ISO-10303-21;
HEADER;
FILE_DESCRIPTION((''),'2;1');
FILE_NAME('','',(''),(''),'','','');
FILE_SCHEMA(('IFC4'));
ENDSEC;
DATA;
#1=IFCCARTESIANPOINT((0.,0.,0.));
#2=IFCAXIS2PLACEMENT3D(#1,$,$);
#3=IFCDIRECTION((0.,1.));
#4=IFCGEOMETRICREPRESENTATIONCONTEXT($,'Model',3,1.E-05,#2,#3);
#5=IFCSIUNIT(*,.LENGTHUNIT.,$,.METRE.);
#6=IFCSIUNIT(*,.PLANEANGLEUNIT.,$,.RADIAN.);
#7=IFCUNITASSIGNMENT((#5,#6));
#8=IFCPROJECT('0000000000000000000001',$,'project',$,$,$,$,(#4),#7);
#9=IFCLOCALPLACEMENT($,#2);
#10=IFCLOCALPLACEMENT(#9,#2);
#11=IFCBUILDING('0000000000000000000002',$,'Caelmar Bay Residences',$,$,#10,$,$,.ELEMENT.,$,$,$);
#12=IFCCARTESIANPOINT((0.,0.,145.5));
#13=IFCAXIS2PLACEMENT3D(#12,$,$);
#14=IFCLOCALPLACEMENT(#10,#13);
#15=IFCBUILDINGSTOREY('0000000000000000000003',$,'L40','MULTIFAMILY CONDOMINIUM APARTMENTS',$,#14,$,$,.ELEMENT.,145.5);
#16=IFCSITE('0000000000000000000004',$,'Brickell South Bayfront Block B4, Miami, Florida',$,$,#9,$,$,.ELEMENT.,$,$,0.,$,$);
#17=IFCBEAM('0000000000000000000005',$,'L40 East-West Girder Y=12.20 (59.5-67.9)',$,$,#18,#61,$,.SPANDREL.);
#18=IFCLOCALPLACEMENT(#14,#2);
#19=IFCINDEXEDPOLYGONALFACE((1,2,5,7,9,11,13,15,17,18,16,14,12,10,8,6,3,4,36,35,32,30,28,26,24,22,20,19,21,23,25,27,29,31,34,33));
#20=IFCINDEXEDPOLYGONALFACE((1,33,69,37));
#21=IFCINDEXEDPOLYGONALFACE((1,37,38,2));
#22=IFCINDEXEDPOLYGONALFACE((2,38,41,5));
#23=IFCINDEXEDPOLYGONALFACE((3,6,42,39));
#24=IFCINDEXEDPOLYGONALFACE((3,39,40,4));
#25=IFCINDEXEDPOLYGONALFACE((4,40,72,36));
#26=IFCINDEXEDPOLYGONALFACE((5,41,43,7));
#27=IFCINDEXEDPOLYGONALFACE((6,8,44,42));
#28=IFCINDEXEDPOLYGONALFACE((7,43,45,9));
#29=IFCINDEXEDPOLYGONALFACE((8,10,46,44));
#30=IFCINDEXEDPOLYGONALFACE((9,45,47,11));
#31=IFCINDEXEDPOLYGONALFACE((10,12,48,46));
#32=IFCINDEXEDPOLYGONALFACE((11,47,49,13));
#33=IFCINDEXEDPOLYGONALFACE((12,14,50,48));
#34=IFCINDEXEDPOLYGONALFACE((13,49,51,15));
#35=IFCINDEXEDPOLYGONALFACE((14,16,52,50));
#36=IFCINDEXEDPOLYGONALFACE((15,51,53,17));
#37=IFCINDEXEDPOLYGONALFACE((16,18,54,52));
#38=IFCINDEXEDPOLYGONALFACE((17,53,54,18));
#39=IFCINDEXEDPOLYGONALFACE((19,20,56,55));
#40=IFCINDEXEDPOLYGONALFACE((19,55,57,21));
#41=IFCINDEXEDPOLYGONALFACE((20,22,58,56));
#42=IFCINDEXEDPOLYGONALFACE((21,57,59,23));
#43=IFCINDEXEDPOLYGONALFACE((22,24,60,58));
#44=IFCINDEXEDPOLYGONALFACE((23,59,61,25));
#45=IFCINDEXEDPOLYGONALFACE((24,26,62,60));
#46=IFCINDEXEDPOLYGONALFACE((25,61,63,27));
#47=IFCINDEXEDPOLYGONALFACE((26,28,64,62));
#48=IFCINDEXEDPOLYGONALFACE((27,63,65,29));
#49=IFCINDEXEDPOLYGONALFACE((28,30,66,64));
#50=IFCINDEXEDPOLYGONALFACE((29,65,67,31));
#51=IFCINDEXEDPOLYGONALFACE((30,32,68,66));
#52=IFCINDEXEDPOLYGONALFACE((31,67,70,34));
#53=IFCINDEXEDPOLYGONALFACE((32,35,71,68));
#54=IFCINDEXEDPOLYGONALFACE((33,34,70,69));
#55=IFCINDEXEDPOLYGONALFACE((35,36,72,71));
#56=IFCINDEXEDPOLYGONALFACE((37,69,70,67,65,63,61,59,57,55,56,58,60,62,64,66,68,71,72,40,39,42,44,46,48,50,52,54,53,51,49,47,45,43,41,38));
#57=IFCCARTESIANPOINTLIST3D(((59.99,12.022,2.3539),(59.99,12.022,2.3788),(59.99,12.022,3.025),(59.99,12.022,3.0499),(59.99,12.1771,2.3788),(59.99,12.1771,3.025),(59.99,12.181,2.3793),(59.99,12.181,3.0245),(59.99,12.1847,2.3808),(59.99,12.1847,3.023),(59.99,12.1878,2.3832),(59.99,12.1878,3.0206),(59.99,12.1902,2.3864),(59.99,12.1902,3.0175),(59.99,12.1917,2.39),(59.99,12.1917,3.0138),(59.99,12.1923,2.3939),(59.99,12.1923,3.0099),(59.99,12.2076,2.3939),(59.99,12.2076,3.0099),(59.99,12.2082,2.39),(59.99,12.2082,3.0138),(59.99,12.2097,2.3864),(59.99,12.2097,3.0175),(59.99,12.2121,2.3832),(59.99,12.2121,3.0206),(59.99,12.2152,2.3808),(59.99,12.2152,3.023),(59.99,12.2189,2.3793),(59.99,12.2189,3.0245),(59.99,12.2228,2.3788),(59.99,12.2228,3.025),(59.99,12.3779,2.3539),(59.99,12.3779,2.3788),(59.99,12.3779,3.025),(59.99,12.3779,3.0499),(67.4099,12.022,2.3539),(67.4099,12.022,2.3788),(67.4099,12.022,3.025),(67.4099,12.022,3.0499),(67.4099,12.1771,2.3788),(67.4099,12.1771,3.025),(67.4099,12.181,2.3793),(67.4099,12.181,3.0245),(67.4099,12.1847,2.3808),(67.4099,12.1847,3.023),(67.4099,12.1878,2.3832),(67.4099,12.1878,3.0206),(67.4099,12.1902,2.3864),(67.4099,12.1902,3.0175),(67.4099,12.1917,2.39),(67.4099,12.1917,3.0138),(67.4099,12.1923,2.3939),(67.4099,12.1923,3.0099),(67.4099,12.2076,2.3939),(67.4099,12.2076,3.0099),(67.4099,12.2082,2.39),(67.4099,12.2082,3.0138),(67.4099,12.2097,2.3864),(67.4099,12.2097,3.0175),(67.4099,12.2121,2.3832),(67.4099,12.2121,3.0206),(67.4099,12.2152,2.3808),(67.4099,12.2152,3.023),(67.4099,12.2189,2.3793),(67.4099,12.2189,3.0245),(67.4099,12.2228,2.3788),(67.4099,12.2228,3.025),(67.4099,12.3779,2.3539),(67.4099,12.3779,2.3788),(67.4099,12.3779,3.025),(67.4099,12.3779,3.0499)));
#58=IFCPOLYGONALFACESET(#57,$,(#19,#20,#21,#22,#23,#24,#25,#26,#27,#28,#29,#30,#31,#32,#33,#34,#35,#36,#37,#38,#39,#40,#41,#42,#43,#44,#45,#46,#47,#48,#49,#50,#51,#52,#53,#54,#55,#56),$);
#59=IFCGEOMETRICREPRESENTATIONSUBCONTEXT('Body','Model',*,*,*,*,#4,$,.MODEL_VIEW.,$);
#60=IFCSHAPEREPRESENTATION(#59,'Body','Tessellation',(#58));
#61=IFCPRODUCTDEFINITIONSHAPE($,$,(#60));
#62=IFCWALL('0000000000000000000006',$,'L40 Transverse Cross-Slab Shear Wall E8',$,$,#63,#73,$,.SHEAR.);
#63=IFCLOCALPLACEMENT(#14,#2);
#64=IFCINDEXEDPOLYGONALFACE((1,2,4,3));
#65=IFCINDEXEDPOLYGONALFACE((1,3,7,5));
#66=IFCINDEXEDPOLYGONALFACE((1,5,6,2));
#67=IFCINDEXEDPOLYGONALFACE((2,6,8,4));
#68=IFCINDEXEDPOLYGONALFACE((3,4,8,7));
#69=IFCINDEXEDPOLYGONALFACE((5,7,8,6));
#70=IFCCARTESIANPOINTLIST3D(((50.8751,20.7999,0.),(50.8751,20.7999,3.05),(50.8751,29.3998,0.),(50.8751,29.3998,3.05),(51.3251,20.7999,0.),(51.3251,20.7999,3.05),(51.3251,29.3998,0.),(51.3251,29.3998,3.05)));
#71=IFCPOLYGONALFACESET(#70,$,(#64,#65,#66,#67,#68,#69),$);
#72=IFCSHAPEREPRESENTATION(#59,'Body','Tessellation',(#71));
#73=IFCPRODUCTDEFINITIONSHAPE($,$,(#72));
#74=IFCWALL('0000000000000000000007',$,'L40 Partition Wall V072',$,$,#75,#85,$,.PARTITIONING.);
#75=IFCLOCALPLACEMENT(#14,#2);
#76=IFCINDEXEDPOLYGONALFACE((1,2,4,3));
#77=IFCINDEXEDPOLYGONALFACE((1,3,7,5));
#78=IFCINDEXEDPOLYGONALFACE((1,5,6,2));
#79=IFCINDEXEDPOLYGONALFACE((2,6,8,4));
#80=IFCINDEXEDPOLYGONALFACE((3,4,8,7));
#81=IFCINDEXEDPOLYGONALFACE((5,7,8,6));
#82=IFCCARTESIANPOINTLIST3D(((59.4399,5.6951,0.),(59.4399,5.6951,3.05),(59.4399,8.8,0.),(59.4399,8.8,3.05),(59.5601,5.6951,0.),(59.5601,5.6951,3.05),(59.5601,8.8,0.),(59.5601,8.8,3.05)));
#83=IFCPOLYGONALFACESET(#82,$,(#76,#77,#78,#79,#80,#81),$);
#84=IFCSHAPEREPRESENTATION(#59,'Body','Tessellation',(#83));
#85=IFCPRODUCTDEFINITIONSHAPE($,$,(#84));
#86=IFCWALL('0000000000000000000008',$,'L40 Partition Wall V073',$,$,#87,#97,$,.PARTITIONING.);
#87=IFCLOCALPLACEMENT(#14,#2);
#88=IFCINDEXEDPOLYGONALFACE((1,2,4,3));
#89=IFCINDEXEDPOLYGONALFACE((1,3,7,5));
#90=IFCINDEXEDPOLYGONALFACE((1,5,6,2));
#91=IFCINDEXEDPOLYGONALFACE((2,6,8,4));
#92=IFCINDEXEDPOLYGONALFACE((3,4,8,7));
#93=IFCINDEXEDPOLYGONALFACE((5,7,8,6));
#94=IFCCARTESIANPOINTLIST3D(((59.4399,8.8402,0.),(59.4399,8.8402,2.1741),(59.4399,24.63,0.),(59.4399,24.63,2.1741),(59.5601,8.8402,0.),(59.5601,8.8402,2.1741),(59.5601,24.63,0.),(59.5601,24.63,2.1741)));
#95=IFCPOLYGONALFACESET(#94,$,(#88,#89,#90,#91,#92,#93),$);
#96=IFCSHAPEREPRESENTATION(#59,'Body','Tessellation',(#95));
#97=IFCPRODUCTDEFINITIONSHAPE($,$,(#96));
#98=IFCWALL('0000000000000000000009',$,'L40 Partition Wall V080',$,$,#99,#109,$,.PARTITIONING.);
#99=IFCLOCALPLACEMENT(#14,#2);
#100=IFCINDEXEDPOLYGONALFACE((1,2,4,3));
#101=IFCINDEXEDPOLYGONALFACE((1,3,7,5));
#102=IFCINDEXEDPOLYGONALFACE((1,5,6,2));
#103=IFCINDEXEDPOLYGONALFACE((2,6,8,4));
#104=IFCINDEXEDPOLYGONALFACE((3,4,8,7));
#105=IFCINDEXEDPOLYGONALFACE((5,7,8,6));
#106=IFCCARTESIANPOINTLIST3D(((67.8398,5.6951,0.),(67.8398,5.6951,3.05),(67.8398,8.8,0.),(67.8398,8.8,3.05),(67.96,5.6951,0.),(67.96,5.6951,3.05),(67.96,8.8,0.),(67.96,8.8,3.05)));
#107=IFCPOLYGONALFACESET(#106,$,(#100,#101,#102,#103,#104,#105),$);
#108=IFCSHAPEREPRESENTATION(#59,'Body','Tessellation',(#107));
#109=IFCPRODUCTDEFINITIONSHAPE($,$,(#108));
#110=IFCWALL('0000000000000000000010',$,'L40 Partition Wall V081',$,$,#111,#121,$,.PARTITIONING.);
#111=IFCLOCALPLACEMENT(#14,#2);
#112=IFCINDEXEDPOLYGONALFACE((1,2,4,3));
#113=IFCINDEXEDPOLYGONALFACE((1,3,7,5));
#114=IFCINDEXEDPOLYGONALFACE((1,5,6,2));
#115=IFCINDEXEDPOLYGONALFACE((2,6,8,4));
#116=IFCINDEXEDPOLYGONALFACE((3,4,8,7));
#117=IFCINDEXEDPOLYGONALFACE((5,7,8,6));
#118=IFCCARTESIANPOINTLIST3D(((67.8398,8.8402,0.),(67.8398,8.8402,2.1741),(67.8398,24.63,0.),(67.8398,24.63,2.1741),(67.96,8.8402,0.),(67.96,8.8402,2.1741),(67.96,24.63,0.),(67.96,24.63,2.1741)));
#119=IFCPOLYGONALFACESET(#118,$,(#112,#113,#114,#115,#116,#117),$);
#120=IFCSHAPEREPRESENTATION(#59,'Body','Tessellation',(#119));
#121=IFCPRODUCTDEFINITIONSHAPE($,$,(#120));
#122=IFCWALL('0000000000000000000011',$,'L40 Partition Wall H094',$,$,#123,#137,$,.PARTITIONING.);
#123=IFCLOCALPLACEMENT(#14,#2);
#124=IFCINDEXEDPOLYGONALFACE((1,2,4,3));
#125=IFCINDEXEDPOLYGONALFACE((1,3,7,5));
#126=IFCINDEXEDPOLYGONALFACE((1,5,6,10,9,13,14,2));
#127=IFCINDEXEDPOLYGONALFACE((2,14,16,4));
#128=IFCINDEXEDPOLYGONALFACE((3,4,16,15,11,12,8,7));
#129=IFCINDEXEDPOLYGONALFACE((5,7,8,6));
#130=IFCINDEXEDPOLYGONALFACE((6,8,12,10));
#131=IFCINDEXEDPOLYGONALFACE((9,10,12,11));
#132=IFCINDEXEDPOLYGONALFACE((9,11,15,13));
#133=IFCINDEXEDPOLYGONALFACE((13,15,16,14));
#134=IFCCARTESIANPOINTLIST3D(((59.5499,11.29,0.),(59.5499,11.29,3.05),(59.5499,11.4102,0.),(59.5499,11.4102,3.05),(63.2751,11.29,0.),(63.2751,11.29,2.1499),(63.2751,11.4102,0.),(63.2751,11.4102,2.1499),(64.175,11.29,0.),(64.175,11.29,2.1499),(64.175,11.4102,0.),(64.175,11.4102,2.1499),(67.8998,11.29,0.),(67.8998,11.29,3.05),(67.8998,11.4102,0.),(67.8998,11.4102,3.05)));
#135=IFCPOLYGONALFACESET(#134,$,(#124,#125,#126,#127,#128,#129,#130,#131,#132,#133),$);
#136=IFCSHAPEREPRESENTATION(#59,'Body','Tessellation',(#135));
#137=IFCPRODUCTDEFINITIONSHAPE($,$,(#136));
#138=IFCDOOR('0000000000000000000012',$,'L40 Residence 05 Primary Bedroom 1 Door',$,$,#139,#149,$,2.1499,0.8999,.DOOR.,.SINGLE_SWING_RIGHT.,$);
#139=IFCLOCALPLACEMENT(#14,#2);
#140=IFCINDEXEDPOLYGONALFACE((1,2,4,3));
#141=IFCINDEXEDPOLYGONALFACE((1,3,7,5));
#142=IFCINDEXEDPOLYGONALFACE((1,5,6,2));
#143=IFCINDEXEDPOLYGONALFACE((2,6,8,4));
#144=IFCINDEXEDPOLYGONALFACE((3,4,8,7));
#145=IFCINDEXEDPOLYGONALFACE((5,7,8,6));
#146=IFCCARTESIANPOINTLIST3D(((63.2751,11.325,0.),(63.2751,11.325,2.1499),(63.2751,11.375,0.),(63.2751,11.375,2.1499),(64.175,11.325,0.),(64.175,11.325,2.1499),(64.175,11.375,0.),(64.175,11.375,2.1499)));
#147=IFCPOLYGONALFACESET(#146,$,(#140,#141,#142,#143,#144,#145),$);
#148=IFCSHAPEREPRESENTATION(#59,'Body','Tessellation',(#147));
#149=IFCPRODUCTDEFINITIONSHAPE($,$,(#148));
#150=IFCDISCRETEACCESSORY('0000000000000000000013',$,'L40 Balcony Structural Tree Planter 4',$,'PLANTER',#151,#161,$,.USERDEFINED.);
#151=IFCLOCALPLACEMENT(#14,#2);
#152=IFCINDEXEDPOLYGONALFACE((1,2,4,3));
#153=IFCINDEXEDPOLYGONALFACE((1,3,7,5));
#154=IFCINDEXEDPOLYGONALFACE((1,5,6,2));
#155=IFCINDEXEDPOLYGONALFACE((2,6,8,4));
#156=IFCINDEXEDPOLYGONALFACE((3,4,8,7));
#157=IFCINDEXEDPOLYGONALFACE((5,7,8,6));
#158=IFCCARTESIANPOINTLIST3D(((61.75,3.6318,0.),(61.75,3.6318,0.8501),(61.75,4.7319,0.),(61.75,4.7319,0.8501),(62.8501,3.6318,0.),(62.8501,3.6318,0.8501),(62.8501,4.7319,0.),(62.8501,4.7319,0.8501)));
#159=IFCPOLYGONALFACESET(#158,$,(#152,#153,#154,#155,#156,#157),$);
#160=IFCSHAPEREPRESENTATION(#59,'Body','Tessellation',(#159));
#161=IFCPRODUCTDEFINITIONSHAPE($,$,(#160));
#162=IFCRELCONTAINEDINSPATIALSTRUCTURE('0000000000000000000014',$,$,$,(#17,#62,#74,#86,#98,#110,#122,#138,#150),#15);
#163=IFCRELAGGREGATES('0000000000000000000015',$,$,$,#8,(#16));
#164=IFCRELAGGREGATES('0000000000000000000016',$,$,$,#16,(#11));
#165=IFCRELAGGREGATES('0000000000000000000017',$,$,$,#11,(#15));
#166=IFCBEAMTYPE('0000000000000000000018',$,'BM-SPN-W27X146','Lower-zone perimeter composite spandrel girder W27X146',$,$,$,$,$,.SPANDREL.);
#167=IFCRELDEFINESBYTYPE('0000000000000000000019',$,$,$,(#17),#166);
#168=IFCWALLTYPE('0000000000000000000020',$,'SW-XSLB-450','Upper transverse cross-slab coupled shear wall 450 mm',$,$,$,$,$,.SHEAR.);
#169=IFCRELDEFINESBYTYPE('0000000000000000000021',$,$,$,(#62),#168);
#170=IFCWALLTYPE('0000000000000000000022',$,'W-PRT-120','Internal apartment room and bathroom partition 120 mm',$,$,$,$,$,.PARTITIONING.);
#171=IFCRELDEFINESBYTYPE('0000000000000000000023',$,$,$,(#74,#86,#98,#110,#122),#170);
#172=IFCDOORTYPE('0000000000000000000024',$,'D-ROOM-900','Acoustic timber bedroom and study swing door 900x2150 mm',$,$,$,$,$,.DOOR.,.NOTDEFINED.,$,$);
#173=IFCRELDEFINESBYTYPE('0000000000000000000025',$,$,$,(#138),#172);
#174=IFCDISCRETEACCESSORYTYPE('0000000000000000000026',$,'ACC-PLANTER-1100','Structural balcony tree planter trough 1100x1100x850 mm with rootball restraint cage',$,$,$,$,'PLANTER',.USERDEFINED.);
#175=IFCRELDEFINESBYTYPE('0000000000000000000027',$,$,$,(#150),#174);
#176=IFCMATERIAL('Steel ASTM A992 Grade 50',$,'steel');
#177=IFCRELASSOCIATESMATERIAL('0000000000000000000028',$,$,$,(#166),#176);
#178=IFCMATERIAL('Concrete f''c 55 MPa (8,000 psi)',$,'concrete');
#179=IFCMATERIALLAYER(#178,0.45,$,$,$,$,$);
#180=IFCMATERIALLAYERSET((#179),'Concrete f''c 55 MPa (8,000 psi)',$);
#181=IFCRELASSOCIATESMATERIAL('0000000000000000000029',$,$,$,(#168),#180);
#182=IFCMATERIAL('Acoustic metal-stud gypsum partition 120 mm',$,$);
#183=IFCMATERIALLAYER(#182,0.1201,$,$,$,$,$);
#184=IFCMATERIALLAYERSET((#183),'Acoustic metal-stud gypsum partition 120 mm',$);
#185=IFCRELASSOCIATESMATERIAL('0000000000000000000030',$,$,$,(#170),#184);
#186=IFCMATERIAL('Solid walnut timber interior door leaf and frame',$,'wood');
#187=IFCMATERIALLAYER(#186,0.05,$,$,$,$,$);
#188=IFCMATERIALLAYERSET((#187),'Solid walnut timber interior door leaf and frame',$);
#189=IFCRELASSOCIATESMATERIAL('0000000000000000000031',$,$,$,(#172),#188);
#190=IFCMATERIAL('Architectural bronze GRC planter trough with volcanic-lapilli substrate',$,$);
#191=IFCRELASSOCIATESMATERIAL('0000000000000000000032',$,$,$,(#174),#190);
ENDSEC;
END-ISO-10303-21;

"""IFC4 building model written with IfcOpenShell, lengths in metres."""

from ifc_helpers import new_model, si_unit, direction, frame, frame_2d, origin, origin_2d, place, context, subcontext, project, spatial, rectangle, i_section, extrude, material, layer, layer_set, material_profile, profile_set, type_object, element, fill, save


model = new_model("IFC4")

# Units and contexts
model_context = context("Model", 3, precision=1e-05, world=origin(), true_north=direction((0.0, 1.0)))
body_context = subcontext(model_context, "Body", "Model", "MODEL_VIEW")
ifc_project = project(units=[si_unit("LENGTHUNIT", "METRE"), si_unit("PLANEANGLEUNIT", "RADIAN")], contexts=[model_context])

# Site, building, storey
site_placement = place(None, origin())
site = spatial("IfcSite", under=ifc_project, at=site_placement, Name="Brickell South Bayfront Block B4, Miami, Florida", CompositionType="ELEMENT", RefElevation=0.0)
building_placement = place(site_placement, origin())
building = spatial("IfcBuilding", under=site, at=building_placement, Name="Caelmar Bay Residences", CompositionType="ELEMENT")
storey_placement = place(building_placement, frame((0.0, 0.0, 145.5)))
storey = spatial("IfcBuildingStorey", under=building, at=storey_placement, Name="L40", Description="MULTIFAMILY CONDOMINIUM APARTMENTS", CompositionType="ELEMENT", Elevation=145.5)

# Beam
ifc_material_1 = material(Name="Steel ASTM A992 Grade 50", Category="steel")
ifc_material_profile_1 = material_profile(ifc_material_1, i_section(OverallWidth=0.356, OverallDepth=0.696, WebThickness=0.0154, FlangeThickness=0.0249, FilletRadius=0.0151, at=origin_2d()), Name="W27X146")
ifc_profile_set_1 = profile_set([ifc_material_profile_1], Name="Steel ASTM A992 Grade 50")
beam_type_1 = type_object("IfcBeamType", Name="BM-SPN-W27X146", Description="Lower-zone perimeter composite spandrel girder W27X146", PredefinedType="SPANDREL", material=ifc_profile_set_1)
for number, where, z_axis, x_axis, name in (
    (1, (59.99, 12.2, 2.7019), (1.0, 0.0, 0.0), (0.0, 1.0, 0.0), "L40 East-West Girder Y=12.20 (59.5-67.9)"),
):
    element("IfcBeam", number, at=place(storey_placement, frame(where, z_axis=z_axis, x_axis=x_axis)), inside=storey, type_object=beam_type_1, Name=name, PredefinedType="SPANDREL", context=body_context, shape_type="SweptSolid", body=[
        extrude(i_section(OverallWidth=0.356, OverallDepth=0.696, WebThickness=0.0154, FlangeThickness=0.0249, FilletRadius=0.0151, at=origin_2d()), origin(), (0.0, 0.0, 1.0), 7.4199),
    ])

# Walls
ifc_material_2 = material(Name="Concrete f'c 55 MPa (8,000 psi)", Category="concrete")
ifc_layer_1 = layer(ifc_material_2, 0.45)
ifc_layer_set_1 = layer_set([ifc_layer_1], Name="Concrete f'c 55 MPa (8,000 psi)")
wall_type_1 = type_object("IfcWallType", Name="SW-XSLB-450", Description="Upper transverse cross-slab coupled shear wall 450 mm", PredefinedType="SHEAR", material=ifc_layer_set_1)
wall_1_placement = place(storey_placement, frame((51.1001, 20.8, 0.0), z_axis=(0.0, 0.0, 1.0), x_axis=(0.0, 1.0, 0.0)))
element("IfcWall", 2, at=wall_1_placement, inside=storey, type_object=wall_type_1, Name="L40 Transverse Cross-Slab Shear Wall E8", PredefinedType="SHEAR", context=body_context, shape_type="SweptSolid", body=[
    extrude(rectangle(XDim=8.5999, YDim=0.45, at=frame_2d((4.2998, 0.0))), origin(), (0.0, 0.0, 1.0), 3.05),
])
ifc_material_3 = material(Name="Acoustic metal-stud gypsum partition 120 mm")
ifc_layer_2 = layer(ifc_material_3, 0.1201)
ifc_layer_set_2 = layer_set([ifc_layer_2], Name="Acoustic metal-stud gypsum partition 120 mm")
wall_type_2 = type_object("IfcWallType", Name="W-PRT-120", Description="Internal apartment room and bathroom partition 120 mm", PredefinedType="PARTITIONING", material=ifc_layer_set_2)
wall_2_placement = place(storey_placement, frame((59.5, 5.6951, 0.0), z_axis=(0.0, 0.0, 1.0), x_axis=(0.0, 1.0, 0.0)))
element("IfcWall", 3, at=wall_2_placement, inside=storey, type_object=wall_type_2, Name="L40 Partition Wall V072", PredefinedType="PARTITIONING", context=body_context, shape_type="SweptSolid", body=[
    extrude(rectangle(XDim=3.105, YDim=0.1201, at=frame_2d((1.5525, 0.0))), origin(), (0.0, 0.0, 1.0), 3.05),
])
wall_3_placement = place(storey_placement, frame((59.5, 8.8401, 0.0), z_axis=(0.0, 0.0, 1.0), x_axis=(0.0, 1.0, 0.0)))
element("IfcWall", 4, at=wall_3_placement, inside=storey, type_object=wall_type_2, Name="L40 Partition Wall V073", PredefinedType="PARTITIONING", context=body_context, shape_type="SweptSolid", body=[
    extrude(rectangle(XDim=15.7898, YDim=0.1201, at=frame_2d((7.895, 0.0))), origin(), (0.0, 0.0, 1.0), 2.1741),
])
wall_4_placement = place(storey_placement, frame((67.8999, 5.6951, 0.0), z_axis=(0.0, 0.0, 1.0), x_axis=(0.0, 1.0, 0.0)))
element("IfcWall", 5, at=wall_4_placement, inside=storey, type_object=wall_type_2, Name="L40 Partition Wall V080", PredefinedType="PARTITIONING", context=body_context, shape_type="SweptSolid", body=[
    extrude(rectangle(XDim=3.105, YDim=0.1201, at=frame_2d((1.5525, 0.0))), origin(), (0.0, 0.0, 1.0), 3.05),
])
wall_5_placement = place(storey_placement, frame((67.8999, 8.8401, 0.0), z_axis=(0.0, 0.0, 1.0), x_axis=(0.0, 1.0, 0.0)))
element("IfcWall", 6, at=wall_5_placement, inside=storey, type_object=wall_type_2, Name="L40 Partition Wall V081", PredefinedType="PARTITIONING", context=body_context, shape_type="SweptSolid", body=[
    extrude(rectangle(XDim=15.7898, YDim=0.1201, at=frame_2d((7.895, 0.0))), origin(), (0.0, 0.0, 1.0), 2.1741),
])

# Wall, opening, door
wall_6_placement = place(storey_placement, frame((59.55, 11.3501, 0.0), z_axis=(0.0, 0.0, 1.0), x_axis=(1.0, 0.0, 0.0)))
wall_6 = element("IfcWall", 7, at=wall_6_placement, inside=storey, type_object=wall_type_2, Name="L40 Partition Wall H094", PredefinedType="PARTITIONING", context=body_context, shape_type="SweptSolid", body=[
    extrude(rectangle(XDim=8.3499, YDim=0.1201, at=frame_2d((4.1748, 0.0))), origin(), (0.0, 0.0, 1.0), 3.05),
])
opening_placement = place(wall_6_placement, frame((3.7251, 0.0, 0.0)))
opening = element("IfcOpeningElement", 8, at=opening_placement, cuts=wall_6, PredefinedType="OPENING", context=body_context, shape_type="SweptSolid", body=[
    extrude(rectangle(XDim=0.8999, YDim=2.1499, at=frame_2d((0.45, 1.075))), frame((0.0, 0.0701, 0.0), z_axis=(0.0, -1.0, 0.0), x_axis=(1.0, 0.0, 0.0)), (0.0, 0.0, 1.0), 0.1401),
])
ifc_material_4 = material(Name="Solid walnut timber interior door leaf and frame", Category="wood")
ifc_layer_3 = layer(ifc_material_4, 0.05)
ifc_layer_set_3 = layer_set([ifc_layer_3], Name="Solid walnut timber interior door leaf and frame")
door_type = type_object("IfcDoorType", Name="D-ROOM-900", Description="Acoustic timber bedroom and study swing door 900x2150 mm", OperationType="NOTDEFINED", PredefinedType="DOOR", material=ifc_layer_set_3)
door_placement = place(opening_placement, origin())
door = element("IfcDoor", 9, at=door_placement, inside=storey, type_object=door_type, Name="L40 Residence 05 Primary Bedroom 1 Door", OperationType="SINGLE_SWING_RIGHT", OverallHeight=2.1499, OverallWidth=0.8999, PredefinedType="DOOR", context=body_context, shape_type="SweptSolid", body=[
    extrude(rectangle(XDim=0.8999, YDim=2.1499, at=frame_2d((0.45, 1.075))), frame((0.0, 0.0249, 0.0), z_axis=(0.0, -1.0, 0.0), x_axis=(1.0, 0.0, 0.0)), (0.0, 0.0, 1.0), 0.05),
])
fill(opening, door)

# Discrete accessory
ifc_material_5 = material(Name="Architectural bronze GRC planter trough with volcanic-lapilli substrate")
discrete_accessory_type = type_object("IfcDiscreteAccessoryType", Name="ACC-PLANTER-1100", Description="Structural balcony tree planter trough 1100x1100x850 mm with rootball restraint cage", ElementType="PLANTER", PredefinedType="USERDEFINED", material=ifc_material_5)
discrete_accessory_placement = place(storey_placement, frame((62.3, 4.1819, 0.0), z_axis=(0.0, 0.0, 1.0), x_axis=(1.0, 0.0, 0.0)))
element("IfcDiscreteAccessory", 10, at=discrete_accessory_placement, inside=storey, type_object=discrete_accessory_type, Name="L40 Balcony Structural Tree Planter 4", ObjectType="PLANTER", PredefinedType="USERDEFINED", context=body_context, shape_type="SweptSolid", body=[
    extrude(rectangle(XDim=1.1001, YDim=1.1001, at=origin_2d()), origin(), (0.0, 0.0, 1.0), 0.8501),
])

save(model, "model.ifc")
